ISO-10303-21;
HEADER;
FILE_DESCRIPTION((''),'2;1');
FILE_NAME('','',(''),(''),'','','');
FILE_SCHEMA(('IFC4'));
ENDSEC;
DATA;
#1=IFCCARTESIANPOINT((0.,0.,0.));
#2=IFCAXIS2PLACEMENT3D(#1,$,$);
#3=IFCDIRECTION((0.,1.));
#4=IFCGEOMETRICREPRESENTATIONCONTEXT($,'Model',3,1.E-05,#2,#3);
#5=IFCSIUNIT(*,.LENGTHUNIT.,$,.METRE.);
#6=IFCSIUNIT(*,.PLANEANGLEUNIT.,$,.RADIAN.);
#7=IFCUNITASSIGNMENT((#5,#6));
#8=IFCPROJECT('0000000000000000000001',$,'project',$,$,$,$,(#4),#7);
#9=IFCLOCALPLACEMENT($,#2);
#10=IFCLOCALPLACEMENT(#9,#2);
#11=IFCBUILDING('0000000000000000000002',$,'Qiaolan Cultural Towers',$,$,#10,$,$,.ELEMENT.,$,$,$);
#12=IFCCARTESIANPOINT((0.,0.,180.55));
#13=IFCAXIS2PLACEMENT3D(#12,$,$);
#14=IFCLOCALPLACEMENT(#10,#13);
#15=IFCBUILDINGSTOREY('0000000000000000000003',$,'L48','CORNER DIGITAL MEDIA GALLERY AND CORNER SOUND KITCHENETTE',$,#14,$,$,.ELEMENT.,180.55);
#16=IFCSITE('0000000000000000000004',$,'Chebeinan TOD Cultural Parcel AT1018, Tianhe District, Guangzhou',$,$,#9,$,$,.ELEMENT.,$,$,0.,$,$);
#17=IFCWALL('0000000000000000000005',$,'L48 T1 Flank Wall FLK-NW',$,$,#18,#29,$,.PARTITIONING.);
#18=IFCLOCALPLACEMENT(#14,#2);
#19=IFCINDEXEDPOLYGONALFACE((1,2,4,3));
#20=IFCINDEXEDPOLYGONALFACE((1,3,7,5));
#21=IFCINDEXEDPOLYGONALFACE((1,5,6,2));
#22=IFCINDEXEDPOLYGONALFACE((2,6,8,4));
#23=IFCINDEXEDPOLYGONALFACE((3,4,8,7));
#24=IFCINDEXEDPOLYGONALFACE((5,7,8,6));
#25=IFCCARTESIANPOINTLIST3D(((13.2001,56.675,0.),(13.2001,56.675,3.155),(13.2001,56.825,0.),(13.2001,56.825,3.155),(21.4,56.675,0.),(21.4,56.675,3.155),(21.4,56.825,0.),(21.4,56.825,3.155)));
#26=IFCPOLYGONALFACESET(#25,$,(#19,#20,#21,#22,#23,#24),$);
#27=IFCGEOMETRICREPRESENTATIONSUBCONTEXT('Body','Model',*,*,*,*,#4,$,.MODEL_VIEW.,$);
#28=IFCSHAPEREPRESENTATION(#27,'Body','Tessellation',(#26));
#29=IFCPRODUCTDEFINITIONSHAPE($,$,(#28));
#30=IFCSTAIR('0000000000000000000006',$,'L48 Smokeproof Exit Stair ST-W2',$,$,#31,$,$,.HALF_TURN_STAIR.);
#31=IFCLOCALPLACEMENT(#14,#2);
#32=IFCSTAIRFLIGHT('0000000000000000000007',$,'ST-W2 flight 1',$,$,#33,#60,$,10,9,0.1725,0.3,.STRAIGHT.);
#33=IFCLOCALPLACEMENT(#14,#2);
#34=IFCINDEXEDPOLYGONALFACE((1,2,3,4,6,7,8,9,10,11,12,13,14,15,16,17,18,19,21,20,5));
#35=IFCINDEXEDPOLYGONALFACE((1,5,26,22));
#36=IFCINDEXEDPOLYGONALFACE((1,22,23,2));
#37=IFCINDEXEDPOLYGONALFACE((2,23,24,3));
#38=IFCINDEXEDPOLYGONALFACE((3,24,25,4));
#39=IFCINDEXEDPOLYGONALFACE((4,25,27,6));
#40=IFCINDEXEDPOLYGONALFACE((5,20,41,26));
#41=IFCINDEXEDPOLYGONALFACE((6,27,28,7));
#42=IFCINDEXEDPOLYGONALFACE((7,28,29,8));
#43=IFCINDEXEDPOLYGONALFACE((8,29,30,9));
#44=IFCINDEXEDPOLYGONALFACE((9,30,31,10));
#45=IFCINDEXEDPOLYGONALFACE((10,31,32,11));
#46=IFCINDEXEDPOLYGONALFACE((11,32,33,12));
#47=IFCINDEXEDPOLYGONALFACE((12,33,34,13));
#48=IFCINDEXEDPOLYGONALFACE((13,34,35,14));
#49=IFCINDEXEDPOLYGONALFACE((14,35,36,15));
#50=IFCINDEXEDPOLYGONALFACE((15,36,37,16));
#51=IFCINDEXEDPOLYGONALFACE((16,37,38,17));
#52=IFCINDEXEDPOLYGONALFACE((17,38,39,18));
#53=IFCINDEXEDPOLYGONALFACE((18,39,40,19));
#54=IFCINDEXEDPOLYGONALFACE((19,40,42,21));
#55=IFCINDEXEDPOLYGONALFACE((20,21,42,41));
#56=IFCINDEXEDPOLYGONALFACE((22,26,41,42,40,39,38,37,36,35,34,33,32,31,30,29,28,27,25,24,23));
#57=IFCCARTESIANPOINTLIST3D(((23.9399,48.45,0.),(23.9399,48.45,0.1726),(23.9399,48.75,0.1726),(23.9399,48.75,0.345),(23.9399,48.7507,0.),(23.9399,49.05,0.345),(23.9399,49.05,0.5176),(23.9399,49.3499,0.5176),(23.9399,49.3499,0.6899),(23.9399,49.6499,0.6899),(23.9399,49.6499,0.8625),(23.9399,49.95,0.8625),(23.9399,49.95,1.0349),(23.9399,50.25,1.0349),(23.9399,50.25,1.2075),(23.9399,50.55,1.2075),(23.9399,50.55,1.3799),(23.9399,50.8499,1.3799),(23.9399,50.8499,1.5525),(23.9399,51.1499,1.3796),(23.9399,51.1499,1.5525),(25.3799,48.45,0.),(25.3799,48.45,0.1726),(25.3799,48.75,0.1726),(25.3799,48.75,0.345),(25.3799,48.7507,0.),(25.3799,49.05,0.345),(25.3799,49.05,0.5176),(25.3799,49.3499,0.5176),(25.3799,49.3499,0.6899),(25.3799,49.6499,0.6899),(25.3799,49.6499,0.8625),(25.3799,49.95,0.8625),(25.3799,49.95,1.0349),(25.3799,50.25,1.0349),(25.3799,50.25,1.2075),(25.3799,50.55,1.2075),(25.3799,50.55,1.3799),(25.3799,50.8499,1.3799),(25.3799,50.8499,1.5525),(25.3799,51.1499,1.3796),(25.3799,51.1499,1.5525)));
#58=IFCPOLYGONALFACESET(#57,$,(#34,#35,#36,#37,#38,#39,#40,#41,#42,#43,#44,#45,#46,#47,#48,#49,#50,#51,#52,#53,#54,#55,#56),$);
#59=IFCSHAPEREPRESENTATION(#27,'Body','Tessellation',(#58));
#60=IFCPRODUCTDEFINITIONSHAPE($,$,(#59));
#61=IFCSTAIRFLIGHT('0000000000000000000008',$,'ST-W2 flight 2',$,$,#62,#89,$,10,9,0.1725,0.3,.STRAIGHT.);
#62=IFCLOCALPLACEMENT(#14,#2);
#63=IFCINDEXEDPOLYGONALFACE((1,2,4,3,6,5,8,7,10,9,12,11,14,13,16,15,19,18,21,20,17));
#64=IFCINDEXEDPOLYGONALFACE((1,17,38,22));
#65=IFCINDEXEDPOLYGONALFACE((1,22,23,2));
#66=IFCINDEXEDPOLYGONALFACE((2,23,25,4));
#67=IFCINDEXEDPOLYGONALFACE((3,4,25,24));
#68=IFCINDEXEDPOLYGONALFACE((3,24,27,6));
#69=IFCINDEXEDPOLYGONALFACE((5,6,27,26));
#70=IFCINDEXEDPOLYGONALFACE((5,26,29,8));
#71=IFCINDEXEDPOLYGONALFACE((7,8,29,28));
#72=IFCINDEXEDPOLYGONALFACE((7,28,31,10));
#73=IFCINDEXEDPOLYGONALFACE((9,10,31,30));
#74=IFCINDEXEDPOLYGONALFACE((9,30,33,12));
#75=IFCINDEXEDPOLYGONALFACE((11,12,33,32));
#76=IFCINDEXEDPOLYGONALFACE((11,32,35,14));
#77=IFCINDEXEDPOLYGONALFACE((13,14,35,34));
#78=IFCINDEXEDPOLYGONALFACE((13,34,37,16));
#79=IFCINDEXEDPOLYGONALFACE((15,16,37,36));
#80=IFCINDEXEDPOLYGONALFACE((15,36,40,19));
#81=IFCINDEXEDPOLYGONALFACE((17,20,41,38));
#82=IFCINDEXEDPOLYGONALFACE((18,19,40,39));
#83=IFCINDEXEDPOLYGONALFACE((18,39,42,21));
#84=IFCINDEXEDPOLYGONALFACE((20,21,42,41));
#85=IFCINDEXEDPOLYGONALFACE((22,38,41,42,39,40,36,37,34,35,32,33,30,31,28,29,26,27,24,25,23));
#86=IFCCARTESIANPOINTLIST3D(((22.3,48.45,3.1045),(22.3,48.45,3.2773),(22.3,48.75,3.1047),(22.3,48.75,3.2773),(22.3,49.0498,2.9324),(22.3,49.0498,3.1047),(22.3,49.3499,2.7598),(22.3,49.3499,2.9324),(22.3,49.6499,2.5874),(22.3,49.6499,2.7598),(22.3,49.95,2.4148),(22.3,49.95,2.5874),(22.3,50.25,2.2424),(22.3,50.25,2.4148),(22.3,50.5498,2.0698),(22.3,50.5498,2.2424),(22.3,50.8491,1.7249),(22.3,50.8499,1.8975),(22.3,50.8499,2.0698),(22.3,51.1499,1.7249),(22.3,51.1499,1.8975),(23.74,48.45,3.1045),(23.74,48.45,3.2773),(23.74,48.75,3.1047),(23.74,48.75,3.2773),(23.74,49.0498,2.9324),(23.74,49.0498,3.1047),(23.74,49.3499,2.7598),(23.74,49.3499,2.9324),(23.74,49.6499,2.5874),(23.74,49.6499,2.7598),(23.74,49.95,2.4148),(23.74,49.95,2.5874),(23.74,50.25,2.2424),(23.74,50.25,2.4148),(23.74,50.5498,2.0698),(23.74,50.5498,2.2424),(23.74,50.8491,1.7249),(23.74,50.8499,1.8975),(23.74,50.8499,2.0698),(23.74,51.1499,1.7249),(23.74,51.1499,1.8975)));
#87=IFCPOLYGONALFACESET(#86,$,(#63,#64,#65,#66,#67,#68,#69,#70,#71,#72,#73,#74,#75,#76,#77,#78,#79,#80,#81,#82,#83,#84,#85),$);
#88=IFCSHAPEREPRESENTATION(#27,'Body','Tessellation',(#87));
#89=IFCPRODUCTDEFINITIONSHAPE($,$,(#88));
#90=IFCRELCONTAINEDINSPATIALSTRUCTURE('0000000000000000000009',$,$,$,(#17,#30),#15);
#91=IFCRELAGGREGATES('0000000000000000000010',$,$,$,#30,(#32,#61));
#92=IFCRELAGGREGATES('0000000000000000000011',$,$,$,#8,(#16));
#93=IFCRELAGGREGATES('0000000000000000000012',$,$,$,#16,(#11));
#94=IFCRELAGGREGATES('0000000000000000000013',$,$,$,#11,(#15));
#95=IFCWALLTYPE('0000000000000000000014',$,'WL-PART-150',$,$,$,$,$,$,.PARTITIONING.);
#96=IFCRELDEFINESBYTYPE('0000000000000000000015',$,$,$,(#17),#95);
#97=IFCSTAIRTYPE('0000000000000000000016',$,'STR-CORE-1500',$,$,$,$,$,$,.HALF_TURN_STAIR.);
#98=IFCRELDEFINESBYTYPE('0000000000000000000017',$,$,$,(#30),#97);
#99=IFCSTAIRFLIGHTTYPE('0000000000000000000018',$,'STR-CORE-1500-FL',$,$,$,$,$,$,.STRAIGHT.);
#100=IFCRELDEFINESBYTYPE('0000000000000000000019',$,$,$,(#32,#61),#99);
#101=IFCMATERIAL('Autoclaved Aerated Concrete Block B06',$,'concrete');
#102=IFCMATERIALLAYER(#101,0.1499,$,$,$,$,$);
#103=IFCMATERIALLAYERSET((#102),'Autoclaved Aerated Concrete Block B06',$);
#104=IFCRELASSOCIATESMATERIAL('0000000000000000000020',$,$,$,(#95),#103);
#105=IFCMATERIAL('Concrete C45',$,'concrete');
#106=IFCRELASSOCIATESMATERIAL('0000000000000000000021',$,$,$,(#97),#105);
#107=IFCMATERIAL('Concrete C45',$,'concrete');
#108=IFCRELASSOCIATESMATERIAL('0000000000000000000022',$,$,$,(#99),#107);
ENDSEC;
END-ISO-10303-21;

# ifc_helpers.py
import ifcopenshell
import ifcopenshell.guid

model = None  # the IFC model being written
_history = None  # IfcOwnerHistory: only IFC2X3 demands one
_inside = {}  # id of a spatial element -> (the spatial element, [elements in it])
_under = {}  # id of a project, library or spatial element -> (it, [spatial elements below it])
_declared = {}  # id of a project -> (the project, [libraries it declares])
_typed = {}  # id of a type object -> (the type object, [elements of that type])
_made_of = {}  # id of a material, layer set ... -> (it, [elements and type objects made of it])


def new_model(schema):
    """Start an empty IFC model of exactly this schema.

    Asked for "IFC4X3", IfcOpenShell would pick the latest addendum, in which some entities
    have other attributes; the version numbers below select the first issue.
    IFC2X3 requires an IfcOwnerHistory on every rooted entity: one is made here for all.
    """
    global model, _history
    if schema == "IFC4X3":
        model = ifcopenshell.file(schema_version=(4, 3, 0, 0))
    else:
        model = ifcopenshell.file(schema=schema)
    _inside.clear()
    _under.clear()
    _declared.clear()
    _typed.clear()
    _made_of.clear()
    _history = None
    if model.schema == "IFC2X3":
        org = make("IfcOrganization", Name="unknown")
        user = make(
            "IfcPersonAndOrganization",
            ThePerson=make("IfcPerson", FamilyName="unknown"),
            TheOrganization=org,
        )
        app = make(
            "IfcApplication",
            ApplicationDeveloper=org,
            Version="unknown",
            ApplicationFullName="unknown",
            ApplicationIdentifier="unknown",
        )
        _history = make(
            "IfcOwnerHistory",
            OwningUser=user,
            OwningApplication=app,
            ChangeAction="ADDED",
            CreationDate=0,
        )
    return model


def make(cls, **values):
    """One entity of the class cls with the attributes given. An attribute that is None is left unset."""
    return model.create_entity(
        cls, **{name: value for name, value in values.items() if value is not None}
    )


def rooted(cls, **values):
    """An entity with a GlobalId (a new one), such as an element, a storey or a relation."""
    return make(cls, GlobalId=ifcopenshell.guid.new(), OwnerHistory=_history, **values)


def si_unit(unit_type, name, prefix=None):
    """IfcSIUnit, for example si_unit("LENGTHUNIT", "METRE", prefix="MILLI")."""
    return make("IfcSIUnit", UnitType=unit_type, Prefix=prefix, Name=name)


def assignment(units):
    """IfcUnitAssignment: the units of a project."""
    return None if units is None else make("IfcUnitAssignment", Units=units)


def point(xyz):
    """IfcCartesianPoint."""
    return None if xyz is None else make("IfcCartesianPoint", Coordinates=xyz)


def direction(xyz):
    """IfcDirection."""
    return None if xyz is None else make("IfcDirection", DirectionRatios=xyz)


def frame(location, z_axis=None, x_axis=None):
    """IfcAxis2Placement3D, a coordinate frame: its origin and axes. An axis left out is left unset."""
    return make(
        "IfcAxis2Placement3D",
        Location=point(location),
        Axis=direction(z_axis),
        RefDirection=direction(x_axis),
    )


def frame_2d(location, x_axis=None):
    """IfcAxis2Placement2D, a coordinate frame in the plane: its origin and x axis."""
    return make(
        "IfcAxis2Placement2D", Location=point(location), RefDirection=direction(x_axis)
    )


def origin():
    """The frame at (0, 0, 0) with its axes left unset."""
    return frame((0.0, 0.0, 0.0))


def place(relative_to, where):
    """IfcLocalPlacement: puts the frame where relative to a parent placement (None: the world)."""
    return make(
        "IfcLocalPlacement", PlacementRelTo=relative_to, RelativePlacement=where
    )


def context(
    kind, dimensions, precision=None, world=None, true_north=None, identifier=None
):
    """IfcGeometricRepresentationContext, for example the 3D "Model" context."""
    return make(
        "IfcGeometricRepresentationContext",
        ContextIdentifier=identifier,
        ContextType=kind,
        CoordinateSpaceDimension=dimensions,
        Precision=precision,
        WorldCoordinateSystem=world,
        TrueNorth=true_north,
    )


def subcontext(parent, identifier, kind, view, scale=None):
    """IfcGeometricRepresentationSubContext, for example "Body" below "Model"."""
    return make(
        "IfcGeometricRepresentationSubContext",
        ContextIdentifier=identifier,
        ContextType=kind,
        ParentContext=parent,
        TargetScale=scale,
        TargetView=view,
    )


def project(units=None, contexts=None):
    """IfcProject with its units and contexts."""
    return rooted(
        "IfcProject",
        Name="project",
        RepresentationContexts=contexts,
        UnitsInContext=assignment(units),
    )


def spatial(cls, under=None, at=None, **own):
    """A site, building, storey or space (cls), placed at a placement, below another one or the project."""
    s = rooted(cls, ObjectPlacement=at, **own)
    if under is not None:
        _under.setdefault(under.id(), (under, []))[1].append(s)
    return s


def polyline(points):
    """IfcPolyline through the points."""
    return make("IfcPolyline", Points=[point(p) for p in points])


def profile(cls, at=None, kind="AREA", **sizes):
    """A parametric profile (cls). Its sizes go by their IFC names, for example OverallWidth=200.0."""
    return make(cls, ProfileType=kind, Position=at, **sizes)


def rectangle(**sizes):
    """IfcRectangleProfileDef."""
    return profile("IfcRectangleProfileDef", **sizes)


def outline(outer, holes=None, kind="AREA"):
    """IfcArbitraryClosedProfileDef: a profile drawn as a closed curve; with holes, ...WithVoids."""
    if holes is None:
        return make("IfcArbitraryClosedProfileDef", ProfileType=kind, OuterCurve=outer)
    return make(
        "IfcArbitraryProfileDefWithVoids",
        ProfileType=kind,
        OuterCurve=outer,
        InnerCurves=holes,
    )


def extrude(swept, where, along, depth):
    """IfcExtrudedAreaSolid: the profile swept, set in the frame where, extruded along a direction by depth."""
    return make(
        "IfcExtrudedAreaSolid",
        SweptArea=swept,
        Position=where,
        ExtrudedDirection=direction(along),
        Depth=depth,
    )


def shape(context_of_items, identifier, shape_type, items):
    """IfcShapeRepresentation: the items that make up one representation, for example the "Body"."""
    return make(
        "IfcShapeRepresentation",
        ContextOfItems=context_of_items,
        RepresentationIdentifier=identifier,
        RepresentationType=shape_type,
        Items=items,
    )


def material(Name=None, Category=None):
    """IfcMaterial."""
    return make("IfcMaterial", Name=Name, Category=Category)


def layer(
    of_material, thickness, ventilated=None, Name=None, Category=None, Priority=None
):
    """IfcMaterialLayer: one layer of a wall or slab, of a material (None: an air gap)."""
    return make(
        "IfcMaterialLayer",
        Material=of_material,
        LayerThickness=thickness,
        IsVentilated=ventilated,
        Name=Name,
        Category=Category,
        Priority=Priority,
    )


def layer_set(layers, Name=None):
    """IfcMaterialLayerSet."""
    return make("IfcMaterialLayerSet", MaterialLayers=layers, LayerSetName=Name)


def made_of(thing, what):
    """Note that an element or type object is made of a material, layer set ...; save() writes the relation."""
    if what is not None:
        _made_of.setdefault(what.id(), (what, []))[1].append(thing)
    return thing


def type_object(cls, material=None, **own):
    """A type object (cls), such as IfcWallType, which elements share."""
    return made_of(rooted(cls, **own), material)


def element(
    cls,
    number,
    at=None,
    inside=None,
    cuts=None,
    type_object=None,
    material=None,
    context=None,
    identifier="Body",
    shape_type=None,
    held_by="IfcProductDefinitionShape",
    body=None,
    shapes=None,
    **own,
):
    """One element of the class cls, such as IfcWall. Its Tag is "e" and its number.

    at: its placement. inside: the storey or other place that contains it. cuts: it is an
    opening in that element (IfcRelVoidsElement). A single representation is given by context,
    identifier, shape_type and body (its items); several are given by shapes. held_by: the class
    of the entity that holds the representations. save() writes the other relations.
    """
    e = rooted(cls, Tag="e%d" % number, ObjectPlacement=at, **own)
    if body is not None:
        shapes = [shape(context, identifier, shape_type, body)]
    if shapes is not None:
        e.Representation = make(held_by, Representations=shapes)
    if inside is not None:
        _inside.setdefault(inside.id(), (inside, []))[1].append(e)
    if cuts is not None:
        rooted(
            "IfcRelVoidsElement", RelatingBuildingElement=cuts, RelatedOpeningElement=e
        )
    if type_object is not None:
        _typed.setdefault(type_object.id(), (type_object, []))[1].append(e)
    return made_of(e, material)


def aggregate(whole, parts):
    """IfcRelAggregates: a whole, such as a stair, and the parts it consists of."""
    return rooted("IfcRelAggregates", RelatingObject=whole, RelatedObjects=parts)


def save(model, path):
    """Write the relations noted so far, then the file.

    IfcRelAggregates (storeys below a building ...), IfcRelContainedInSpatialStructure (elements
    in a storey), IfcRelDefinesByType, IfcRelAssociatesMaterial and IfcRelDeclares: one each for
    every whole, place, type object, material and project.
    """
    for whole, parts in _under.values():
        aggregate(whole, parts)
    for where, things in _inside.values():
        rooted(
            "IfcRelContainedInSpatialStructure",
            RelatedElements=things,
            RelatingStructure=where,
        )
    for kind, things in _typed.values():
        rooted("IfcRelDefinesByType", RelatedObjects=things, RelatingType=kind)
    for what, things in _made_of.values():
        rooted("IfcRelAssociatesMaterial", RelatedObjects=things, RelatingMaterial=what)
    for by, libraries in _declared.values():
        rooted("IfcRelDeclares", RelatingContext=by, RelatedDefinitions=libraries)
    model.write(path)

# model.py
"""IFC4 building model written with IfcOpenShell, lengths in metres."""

from ifc_helpers import new_model, si_unit, direction, frame, frame_2d, origin, place, context, subcontext, project, spatial, polyline, rectangle, outline, extrude, material, layer, layer_set, type_object, element, aggregate, save


model = new_model("IFC4")

# Units and contexts
model_context = context("Model", 3, precision=1e-05, world=origin(), true_north=direction((0.0, 1.0)))
body_context = subcontext(model_context, "Body", "Model", "MODEL_VIEW")
ifc_project = project(units=[si_unit("LENGTHUNIT", "METRE"), si_unit("PLANEANGLEUNIT", "RADIAN")], contexts=[model_context])

# Site, building, storey
site_placement = place(None, origin())
site = spatial("IfcSite", under=ifc_project, at=site_placement, Name="Chebeinan TOD Cultural Parcel AT1018, Tianhe District, Guangzhou", CompositionType="ELEMENT", RefElevation=0.0)
building_placement = place(site_placement, origin())
building = spatial("IfcBuilding", under=site, at=building_placement, Name="Qiaolan Cultural Towers", CompositionType="ELEMENT")
storey_placement = place(building_placement, frame((0.0, 0.0, 180.55)))
storey = spatial("IfcBuildingStorey", under=building, at=storey_placement, Name="L48", Description="CORNER DIGITAL MEDIA GALLERY AND CORNER SOUND KITCHENETTE", CompositionType="ELEMENT", Elevation=180.55)

# Wall
ifc_material_1 = material(Name="Autoclaved Aerated Concrete Block B06", Category="concrete")
ifc_layer_1 = layer(ifc_material_1, 0.1499)
ifc_layer_set_1 = layer_set([ifc_layer_1], Name="Autoclaved Aerated Concrete Block B06")
wall_type_1 = type_object("IfcWallType", Name="WL-PART-150", PredefinedType="PARTITIONING", material=ifc_layer_set_1)
wall_1_placement = place(storey_placement, frame((13.2, 56.75, 0.0), z_axis=(0.0, 0.0, 1.0), x_axis=(1.0, 0.0, 0.0)))
element("IfcWall", 1, at=wall_1_placement, inside=storey, type_object=wall_type_1, Name="L48 T1 Flank Wall FLK-NW", PredefinedType="PARTITIONING", context=body_context, shape_type="SweptSolid", body=[
    extrude(rectangle(XDim=8.2, YDim=0.1499, at=frame_2d((4.1001, 0.0))), origin(), (0.0, 0.0, 1.0), 3.155),
])

# Stair, stair flights
ifc_material_2 = material(Name="Concrete C45", Category="concrete")
stair_type = type_object("IfcStairType", Name="STR-CORE-1500", PredefinedType="HALF_TURN_STAIR", material=ifc_material_2)
stair_placement = place(storey_placement, origin())
stair = element("IfcStair", 2, at=stair_placement, inside=storey, type_object=stair_type, Name="L48 Smokeproof Exit Stair ST-W2", PredefinedType="HALF_TURN_STAIR")
ifc_material_3 = material(Name="Concrete C45", Category="concrete")
stair_flight_type = type_object("IfcStairFlightType", Name="STR-CORE-1500-FL", PredefinedType="STRAIGHT", material=ifc_material_3)
stair_flight_1_placement = place(storey_placement, frame((24.6599, 48.45, 0.0), z_axis=(0.0, 0.0, 1.0), x_axis=(0.0, 1.0, 0.0)))
stair_flight_1 = element("IfcStairFlight", 3, at=stair_flight_1_placement, type_object=stair_flight_type, Name="ST-W2 flight 1", NumberOfRisers=10, NumberOfTreads=9, PredefinedType="STRAIGHT", RiserHeight=0.1725, TreadLength=0.3, context=body_context, shape_type="SweptSolid", body=[
    extrude(outline(polyline([(0.0, 0.0), (0.0, 0.1726), (0.3, 0.1726), (0.3, 0.345), (0.6001, 0.345), (0.6001, 0.5176), (0.8999, 0.5176), (0.8999, 0.6899), (1.2, 0.6899), (1.2, 0.8625), (1.5, 0.8625), (1.5, 1.0349), (1.8, 1.0349), (1.8, 1.2075), (2.1001, 1.2075), (2.1001, 1.3799), (2.3999, 1.3799), (2.3999, 1.5525), (2.7, 1.5525), (2.7, 1.7251), (2.7, 1.3796), (0.3008, 0.0), (0.0, 0.0)])), frame((0.0, 0.72, 0.0), z_axis=(0.0, -1.0, 0.0), x_axis=(1.0, 0.0, 0.0)), (0.0, 0.0, 1.0), 1.4399),
])
stair_flight_2_placement = place(storey_placement, frame((23.02, 51.1499, 1.7249), z_axis=(0.0, 0.0, 1.0), x_axis=(0.0, -1.0, 0.0)))
stair_flight_2 = element("IfcStairFlight", 4, at=stair_flight_2_placement, type_object=stair_flight_type, Name="ST-W2 flight 2", NumberOfRisers=10, NumberOfTreads=9, PredefinedType="STRAIGHT", RiserHeight=0.1725, TreadLength=0.3, context=body_context, shape_type="SweptSolid", body=[
    extrude(outline(polyline([(0.0, 0.0), (0.0, 0.1726), (0.3, 0.1726), (0.3, 0.345), (0.6001, 0.345), (0.6001, 0.5176), (0.8999, 0.5176), (0.8999, 0.6899), (1.2, 0.6899), (1.2, 0.8625), (1.5, 0.8625), (1.5, 1.0349), (1.8, 1.0349), (1.8, 1.2075), (2.1001, 1.2075), (2.1001, 1.3799), (2.3999, 1.3799), (2.3999, 1.5525), (2.7, 1.5525), (2.7, 1.7251), (2.7, 1.3796), (0.3008, 0.0), (0.0, 0.0)])), frame((0.0, 0.72, 0.0), z_axis=(0.0, -1.0, 0.0), x_axis=(1.0, 0.0, 0.0)), (0.0, 0.0, 1.0), 1.4399),
])
aggregate(stair, [stair_flight_1, stair_flight_2])

save(model, "model.ifc")
